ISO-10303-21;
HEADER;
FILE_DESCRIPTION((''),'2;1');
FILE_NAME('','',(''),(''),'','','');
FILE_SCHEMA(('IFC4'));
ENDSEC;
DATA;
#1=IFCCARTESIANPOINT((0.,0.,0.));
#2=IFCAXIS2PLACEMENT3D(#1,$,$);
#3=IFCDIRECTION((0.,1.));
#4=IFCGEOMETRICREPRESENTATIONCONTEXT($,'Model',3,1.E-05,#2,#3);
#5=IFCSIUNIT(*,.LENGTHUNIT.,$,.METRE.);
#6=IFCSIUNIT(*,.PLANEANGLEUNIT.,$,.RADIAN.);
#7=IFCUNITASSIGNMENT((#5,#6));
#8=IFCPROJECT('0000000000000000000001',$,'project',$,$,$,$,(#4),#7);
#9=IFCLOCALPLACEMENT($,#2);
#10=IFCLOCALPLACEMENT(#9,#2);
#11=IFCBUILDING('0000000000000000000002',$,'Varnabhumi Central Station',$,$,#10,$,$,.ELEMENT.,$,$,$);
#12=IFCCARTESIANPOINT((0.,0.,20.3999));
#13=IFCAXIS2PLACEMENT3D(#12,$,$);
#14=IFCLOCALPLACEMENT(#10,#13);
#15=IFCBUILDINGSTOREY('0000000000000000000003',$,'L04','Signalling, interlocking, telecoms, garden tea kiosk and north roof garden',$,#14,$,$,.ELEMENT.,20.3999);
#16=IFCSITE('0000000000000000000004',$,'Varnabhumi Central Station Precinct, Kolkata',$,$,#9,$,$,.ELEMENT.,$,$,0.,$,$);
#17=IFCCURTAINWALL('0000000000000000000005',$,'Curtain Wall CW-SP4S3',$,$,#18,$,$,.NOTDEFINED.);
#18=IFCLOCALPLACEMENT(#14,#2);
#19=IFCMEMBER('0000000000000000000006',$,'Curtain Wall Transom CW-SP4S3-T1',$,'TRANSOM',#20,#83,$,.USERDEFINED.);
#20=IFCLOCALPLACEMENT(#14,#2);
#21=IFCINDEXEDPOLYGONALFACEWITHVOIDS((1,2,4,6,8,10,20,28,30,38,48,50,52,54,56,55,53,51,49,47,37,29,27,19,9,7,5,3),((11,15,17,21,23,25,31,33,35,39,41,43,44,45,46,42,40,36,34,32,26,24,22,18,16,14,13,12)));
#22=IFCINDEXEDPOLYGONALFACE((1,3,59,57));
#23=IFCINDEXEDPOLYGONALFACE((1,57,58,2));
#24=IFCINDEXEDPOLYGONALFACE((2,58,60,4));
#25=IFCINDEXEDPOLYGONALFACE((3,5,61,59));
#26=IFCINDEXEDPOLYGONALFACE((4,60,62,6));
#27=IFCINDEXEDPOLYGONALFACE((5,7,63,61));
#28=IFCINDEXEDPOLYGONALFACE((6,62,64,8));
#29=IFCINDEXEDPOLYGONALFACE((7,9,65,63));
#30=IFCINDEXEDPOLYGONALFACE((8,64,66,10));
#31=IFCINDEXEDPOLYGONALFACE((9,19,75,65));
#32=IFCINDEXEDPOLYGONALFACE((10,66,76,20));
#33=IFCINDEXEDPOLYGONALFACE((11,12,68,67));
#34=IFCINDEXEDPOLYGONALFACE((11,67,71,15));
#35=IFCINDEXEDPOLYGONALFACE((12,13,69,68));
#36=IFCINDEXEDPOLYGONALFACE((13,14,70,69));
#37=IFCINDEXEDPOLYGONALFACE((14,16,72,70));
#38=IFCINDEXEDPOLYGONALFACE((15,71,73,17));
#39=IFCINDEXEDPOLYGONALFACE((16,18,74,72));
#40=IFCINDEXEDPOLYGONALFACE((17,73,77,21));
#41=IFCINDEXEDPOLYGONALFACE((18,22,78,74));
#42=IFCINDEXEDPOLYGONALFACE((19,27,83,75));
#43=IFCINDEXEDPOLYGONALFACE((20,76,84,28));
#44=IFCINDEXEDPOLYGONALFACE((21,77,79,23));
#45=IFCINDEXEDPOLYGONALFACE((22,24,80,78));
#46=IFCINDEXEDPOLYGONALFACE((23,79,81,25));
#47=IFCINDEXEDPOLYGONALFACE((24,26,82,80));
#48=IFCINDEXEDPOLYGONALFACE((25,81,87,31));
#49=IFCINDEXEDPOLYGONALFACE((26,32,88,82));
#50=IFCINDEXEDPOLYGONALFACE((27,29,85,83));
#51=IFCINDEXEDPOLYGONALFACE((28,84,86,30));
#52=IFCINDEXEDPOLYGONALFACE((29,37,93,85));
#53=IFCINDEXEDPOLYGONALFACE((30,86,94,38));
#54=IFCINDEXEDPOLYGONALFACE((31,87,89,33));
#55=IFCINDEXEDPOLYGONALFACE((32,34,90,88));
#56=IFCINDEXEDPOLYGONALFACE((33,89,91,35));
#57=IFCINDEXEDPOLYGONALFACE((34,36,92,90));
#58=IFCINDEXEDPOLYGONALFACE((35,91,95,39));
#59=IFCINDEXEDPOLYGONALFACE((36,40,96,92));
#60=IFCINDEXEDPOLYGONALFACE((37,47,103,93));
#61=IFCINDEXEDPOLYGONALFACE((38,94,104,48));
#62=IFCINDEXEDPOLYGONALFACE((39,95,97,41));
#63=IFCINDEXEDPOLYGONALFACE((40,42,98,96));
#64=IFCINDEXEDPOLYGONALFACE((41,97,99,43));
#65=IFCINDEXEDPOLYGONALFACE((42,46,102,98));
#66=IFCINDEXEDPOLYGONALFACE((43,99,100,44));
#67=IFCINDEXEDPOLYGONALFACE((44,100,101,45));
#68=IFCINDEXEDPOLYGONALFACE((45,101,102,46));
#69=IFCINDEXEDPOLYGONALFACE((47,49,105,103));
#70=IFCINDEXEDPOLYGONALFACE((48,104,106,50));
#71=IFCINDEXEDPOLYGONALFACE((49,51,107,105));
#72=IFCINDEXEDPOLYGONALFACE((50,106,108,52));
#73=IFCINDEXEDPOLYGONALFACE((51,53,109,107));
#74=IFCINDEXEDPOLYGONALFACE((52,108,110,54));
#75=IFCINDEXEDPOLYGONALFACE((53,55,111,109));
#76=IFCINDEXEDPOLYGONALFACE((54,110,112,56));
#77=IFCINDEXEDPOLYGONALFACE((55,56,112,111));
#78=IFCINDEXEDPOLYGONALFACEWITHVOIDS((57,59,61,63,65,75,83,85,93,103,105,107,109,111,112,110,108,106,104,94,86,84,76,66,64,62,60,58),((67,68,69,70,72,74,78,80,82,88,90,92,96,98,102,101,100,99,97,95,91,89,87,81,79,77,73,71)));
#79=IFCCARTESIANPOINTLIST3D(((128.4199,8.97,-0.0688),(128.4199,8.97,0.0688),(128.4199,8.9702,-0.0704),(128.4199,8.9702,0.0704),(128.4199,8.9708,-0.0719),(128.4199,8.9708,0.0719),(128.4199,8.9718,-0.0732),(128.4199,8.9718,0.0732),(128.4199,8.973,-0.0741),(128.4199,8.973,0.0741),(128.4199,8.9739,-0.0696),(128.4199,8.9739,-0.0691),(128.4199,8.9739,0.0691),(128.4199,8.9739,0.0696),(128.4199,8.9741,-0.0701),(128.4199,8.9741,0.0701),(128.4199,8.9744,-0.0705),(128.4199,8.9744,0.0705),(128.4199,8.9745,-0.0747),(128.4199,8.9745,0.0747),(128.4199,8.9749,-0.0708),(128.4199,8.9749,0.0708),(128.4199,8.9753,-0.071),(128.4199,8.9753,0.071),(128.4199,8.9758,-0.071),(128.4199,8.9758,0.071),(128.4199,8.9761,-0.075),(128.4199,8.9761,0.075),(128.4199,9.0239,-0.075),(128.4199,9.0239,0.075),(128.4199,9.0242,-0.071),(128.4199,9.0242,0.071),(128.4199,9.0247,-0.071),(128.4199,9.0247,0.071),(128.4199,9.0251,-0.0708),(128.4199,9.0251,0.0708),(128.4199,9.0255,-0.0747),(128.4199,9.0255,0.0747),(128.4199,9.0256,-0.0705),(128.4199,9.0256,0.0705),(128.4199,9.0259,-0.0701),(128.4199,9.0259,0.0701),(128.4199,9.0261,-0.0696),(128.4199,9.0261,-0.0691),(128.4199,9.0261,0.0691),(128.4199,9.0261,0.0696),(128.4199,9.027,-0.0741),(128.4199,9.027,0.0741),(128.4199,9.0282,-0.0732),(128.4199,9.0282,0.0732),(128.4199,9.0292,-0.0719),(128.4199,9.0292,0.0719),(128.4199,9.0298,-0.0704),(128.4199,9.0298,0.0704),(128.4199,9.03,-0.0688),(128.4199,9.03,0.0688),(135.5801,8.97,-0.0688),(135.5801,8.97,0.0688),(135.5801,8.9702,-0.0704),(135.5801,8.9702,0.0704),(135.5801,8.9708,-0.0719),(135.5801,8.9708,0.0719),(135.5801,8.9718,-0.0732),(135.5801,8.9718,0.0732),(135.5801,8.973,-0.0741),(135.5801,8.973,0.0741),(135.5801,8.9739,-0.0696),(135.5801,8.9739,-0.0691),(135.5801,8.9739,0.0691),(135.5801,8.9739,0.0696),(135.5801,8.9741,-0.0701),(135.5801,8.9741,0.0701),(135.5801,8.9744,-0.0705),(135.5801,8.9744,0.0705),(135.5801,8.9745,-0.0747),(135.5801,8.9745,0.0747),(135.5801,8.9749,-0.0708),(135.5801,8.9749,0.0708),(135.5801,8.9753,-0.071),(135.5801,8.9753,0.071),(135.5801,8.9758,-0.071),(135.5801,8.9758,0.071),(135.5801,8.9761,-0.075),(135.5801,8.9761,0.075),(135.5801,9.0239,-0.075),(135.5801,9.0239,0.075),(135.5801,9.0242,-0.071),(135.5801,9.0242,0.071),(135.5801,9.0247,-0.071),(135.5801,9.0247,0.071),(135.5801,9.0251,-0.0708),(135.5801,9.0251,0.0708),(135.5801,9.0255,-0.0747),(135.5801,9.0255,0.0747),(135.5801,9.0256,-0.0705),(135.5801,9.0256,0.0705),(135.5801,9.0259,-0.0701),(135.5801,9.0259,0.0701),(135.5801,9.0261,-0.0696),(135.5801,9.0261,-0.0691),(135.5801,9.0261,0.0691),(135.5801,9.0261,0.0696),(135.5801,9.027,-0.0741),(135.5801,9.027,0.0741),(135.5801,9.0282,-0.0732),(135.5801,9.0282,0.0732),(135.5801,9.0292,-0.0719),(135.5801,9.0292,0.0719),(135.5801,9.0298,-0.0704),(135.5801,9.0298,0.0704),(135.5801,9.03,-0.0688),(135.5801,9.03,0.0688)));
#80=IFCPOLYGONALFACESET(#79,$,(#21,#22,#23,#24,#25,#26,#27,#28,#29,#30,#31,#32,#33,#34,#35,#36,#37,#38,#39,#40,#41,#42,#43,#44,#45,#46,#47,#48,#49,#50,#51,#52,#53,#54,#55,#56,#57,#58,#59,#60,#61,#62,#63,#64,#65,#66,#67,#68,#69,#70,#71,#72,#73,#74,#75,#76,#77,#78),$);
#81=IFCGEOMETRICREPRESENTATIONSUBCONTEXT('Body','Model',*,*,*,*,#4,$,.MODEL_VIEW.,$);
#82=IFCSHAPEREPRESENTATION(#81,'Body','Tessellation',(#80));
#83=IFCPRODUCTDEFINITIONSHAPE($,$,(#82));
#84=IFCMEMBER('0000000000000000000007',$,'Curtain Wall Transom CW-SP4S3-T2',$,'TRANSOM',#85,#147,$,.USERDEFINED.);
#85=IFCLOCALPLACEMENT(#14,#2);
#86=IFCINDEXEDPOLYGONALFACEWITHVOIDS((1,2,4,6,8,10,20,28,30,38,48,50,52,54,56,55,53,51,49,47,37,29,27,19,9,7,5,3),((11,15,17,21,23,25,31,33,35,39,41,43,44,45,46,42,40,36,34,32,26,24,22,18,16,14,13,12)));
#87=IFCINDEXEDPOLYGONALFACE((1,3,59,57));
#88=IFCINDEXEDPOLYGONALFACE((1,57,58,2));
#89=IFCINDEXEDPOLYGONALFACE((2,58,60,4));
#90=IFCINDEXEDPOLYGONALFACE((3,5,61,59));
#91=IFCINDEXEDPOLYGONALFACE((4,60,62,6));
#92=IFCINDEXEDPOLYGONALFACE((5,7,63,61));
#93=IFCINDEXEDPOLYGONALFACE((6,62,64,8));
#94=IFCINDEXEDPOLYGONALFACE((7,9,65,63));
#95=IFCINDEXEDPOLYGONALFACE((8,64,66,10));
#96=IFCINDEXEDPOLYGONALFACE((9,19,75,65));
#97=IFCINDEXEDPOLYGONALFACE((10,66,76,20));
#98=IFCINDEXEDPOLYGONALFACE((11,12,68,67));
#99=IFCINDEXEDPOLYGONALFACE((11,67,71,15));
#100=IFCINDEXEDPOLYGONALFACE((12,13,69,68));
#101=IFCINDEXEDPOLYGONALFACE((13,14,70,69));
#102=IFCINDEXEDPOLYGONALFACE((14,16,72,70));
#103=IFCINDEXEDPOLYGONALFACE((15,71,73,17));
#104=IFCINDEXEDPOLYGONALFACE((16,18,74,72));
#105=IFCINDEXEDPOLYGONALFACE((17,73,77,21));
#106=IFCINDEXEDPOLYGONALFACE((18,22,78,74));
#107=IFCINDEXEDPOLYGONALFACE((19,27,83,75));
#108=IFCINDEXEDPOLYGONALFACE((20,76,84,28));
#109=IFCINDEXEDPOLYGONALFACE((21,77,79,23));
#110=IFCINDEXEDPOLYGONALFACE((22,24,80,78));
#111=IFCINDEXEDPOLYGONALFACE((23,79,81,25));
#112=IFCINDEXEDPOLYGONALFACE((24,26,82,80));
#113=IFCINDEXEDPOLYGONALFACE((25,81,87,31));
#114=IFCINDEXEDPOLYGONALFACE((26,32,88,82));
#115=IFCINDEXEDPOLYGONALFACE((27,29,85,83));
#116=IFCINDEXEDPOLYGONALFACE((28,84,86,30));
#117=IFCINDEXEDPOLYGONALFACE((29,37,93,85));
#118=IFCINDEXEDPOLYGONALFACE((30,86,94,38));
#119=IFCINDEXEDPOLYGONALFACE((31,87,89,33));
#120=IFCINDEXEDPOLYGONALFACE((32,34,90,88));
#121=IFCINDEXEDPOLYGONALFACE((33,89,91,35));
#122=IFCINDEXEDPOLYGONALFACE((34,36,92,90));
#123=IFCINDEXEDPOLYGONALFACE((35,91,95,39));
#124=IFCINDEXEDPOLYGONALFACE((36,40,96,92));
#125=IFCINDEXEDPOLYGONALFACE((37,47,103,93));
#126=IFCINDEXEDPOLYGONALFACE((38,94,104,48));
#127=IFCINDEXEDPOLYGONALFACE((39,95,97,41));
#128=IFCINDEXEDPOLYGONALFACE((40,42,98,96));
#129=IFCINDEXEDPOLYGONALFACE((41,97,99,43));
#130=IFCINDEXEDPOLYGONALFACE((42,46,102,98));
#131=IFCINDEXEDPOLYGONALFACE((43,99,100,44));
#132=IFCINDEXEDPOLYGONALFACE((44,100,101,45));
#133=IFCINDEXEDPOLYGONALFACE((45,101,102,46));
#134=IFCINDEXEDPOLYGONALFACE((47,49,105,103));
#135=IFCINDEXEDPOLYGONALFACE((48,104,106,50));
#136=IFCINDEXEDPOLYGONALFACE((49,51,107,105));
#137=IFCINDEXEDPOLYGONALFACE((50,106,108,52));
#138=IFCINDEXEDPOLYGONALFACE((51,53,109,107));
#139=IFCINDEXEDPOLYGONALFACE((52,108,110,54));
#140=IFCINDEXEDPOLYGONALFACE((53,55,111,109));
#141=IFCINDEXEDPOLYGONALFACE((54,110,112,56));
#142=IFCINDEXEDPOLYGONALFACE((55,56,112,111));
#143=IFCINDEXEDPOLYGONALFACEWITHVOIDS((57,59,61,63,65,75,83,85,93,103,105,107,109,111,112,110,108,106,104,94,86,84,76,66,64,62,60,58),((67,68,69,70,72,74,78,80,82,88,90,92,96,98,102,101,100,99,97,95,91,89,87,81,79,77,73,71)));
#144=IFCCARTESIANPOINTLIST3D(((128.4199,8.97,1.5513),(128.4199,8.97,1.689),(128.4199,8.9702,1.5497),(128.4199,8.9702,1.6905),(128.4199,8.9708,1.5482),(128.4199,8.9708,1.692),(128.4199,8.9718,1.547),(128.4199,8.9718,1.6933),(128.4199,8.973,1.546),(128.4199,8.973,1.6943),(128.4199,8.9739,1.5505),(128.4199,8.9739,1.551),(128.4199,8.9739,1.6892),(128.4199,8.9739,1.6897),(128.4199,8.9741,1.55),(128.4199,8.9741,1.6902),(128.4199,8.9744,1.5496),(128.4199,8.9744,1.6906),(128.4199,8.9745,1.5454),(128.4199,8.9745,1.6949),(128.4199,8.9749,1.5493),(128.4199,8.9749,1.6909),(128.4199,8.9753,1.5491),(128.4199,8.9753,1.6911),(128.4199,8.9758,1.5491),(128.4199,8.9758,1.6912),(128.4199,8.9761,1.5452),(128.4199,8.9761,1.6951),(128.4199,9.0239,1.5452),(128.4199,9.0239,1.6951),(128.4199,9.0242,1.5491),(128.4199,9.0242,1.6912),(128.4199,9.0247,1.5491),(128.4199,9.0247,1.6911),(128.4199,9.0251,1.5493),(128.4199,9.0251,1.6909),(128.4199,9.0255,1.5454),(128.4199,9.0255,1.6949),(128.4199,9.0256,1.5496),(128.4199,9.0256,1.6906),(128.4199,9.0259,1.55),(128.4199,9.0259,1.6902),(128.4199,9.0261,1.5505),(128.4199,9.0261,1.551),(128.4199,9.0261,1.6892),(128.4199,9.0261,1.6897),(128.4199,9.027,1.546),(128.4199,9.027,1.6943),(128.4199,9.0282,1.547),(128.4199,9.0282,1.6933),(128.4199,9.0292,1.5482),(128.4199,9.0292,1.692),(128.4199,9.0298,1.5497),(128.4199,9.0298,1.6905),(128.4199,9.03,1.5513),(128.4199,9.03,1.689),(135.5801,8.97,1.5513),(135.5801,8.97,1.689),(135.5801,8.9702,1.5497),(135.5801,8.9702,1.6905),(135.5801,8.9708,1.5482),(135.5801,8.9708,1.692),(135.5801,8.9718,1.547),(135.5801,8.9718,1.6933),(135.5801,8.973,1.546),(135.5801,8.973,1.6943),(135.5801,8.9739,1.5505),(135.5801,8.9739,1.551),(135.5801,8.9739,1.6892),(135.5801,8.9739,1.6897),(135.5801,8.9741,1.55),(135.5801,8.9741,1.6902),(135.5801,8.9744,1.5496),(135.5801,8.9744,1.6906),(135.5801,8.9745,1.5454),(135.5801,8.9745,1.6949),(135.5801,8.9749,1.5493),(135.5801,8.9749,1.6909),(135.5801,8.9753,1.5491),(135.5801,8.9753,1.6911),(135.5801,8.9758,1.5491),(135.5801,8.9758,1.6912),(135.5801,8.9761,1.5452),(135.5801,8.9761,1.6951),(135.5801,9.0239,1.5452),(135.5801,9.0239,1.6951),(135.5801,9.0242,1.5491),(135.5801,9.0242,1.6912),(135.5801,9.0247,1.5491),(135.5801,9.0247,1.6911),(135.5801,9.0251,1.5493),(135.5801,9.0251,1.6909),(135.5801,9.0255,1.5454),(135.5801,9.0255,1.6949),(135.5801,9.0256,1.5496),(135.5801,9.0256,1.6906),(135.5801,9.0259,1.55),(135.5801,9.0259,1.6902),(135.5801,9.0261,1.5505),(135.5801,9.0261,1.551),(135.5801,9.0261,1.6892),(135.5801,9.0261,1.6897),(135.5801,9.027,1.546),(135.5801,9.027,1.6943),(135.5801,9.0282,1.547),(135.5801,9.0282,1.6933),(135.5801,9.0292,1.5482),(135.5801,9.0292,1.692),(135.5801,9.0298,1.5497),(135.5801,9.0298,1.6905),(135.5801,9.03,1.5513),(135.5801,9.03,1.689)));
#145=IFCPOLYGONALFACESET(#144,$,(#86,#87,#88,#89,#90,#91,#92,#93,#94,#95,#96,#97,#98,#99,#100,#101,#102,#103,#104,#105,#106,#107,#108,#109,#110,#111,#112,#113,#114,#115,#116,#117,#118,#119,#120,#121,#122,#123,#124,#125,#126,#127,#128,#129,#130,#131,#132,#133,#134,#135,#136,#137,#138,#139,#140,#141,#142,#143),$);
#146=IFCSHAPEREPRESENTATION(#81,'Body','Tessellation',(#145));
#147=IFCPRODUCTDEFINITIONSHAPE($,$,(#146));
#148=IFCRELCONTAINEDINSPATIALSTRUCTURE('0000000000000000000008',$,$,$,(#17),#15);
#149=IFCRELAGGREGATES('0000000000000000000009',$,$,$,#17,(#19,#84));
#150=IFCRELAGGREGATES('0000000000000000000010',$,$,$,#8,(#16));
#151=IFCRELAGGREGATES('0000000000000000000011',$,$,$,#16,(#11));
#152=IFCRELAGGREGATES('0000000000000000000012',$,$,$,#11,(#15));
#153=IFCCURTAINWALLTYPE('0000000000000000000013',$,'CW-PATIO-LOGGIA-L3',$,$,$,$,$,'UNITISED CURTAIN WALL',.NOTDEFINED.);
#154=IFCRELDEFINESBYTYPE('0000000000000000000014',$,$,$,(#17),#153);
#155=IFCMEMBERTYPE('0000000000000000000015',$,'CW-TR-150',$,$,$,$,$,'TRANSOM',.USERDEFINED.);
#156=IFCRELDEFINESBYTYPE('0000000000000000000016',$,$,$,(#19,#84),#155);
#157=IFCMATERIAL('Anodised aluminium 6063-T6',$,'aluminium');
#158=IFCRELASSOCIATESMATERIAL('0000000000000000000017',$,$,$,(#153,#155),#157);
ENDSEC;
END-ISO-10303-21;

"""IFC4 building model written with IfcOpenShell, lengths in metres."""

from ifc_helpers import new_model, si_unit, direction, frame, origin, origin_2d, place, context, subcontext, project, spatial, hollow_rectangle, extrude, material, material_profile, profile_set, type_object, element, aggregate, save


model = new_model("IFC4")

# Units and contexts
model_context = context("Model", 3, precision=1e-05, world=origin(), true_north=direction((0.0, 1.0)))
body_context = subcontext(model_context, "Body", "Model", "MODEL_VIEW")
ifc_project = project(units=[si_unit("LENGTHUNIT", "METRE"), si_unit("PLANEANGLEUNIT", "RADIAN")], contexts=[model_context])

# Site, building, storey
site_placement = place(None, origin())
site = spatial("IfcSite", under=ifc_project, at=site_placement, Name="Varnabhumi Central Station Precinct, Kolkata", CompositionType="ELEMENT", RefElevation=0.0)
building_placement = place(site_placement, origin())
building = spatial("IfcBuilding", under=site, at=building_placement, Name="Varnabhumi Central Station", CompositionType="ELEMENT")
storey_placement = place(building_placement, frame((0.0, 0.0, 20.3999)))
storey = spatial("IfcBuildingStorey", under=building, at=storey_placement, Name="L04", Description="Signalling, interlocking, telecoms, garden tea kiosk and north roof garden", CompositionType="ELEMENT", Elevation=20.3999)

# Shared definitions
ifc_material_1 = material(Name="Anodised aluminium 6063-T6", Category="aluminium")
curtain_wall_type = type_object("IfcCurtainWallType", Name="CW-PATIO-LOGGIA-L3", ElementType="UNITISED CURTAIN WALL", PredefinedType="NOTDEFINED", material=ifc_material_1)

# Curtain wall, members
curtain_wall_1_placement = place(storey_placement, origin())
curtain_wall_1 = element("IfcCurtainWall", 1, at=curtain_wall_1_placement, inside=storey, type_object=curtain_wall_type, Name="Curtain Wall CW-SP4S3", PredefinedType="NOTDEFINED")
ifc_material_profile_1 = material_profile(ifc_material_1, hollow_rectangle(XDim=0.0601, YDim=0.1499, WallThickness=0.0039, InnerFilletRadius=0.002, OuterFilletRadius=0.0061, at=origin_2d()), Name="Anodised aluminium 6063-T6", Category="aluminium")
ifc_profile_set_1 = profile_set([ifc_material_profile_1], Name="Anodised aluminium 6063-T6")
member_type_1 = type_object("IfcMemberType", Name="CW-TR-150", ElementType="TRANSOM", PredefinedType="USERDEFINED", material=ifc_profile_set_1)
member_1_placement = place(storey_placement, frame((128.4199, 9.0, 0.0), z_axis=(1.0, 0.0, 0.0), x_axis=(0.0, 1.0, 0.0)))
member_1 = element("IfcMember", 2, at=member_1_placement, type_object=member_type_1, Name="Curtain Wall Transom CW-SP4S3-T1", ObjectType="TRANSOM", PredefinedType="USERDEFINED", context=body_context, shape_type="SweptSolid", body=[
    extrude(hollow_rectangle(XDim=0.0601, YDim=0.1499, WallThickness=0.0039, InnerFilletRadius=0.002, OuterFilletRadius=0.0061, at=origin_2d()), origin(), (0.0, 0.0, 1.0), 7.1602),
])
member_2_placement = place(storey_placement, frame((128.4199, 9.0, 1.6201), z_axis=(1.0, 0.0, 0.0), x_axis=(0.0, 1.0, 0.0)))
member_2 = element("IfcMember", 3, at=member_2_placement, type_object=member_type_1, Name="Curtain Wall Transom CW-SP4S3-T2", ObjectType="TRANSOM", PredefinedType="USERDEFINED", context=body_context, shape_type="SweptSolid", body=[
    extrude(hollow_rectangle(XDim=0.0601, YDim=0.1499, WallThickness=0.0039, InnerFilletRadius=0.002, OuterFilletRadius=0.0061, at=origin_2d()), origin(), (0.0, 0.0, 1.0), 7.1602),
])
aggregate(curtain_wall_1, [member_1, member_2])

save(model, "model.ifc")
